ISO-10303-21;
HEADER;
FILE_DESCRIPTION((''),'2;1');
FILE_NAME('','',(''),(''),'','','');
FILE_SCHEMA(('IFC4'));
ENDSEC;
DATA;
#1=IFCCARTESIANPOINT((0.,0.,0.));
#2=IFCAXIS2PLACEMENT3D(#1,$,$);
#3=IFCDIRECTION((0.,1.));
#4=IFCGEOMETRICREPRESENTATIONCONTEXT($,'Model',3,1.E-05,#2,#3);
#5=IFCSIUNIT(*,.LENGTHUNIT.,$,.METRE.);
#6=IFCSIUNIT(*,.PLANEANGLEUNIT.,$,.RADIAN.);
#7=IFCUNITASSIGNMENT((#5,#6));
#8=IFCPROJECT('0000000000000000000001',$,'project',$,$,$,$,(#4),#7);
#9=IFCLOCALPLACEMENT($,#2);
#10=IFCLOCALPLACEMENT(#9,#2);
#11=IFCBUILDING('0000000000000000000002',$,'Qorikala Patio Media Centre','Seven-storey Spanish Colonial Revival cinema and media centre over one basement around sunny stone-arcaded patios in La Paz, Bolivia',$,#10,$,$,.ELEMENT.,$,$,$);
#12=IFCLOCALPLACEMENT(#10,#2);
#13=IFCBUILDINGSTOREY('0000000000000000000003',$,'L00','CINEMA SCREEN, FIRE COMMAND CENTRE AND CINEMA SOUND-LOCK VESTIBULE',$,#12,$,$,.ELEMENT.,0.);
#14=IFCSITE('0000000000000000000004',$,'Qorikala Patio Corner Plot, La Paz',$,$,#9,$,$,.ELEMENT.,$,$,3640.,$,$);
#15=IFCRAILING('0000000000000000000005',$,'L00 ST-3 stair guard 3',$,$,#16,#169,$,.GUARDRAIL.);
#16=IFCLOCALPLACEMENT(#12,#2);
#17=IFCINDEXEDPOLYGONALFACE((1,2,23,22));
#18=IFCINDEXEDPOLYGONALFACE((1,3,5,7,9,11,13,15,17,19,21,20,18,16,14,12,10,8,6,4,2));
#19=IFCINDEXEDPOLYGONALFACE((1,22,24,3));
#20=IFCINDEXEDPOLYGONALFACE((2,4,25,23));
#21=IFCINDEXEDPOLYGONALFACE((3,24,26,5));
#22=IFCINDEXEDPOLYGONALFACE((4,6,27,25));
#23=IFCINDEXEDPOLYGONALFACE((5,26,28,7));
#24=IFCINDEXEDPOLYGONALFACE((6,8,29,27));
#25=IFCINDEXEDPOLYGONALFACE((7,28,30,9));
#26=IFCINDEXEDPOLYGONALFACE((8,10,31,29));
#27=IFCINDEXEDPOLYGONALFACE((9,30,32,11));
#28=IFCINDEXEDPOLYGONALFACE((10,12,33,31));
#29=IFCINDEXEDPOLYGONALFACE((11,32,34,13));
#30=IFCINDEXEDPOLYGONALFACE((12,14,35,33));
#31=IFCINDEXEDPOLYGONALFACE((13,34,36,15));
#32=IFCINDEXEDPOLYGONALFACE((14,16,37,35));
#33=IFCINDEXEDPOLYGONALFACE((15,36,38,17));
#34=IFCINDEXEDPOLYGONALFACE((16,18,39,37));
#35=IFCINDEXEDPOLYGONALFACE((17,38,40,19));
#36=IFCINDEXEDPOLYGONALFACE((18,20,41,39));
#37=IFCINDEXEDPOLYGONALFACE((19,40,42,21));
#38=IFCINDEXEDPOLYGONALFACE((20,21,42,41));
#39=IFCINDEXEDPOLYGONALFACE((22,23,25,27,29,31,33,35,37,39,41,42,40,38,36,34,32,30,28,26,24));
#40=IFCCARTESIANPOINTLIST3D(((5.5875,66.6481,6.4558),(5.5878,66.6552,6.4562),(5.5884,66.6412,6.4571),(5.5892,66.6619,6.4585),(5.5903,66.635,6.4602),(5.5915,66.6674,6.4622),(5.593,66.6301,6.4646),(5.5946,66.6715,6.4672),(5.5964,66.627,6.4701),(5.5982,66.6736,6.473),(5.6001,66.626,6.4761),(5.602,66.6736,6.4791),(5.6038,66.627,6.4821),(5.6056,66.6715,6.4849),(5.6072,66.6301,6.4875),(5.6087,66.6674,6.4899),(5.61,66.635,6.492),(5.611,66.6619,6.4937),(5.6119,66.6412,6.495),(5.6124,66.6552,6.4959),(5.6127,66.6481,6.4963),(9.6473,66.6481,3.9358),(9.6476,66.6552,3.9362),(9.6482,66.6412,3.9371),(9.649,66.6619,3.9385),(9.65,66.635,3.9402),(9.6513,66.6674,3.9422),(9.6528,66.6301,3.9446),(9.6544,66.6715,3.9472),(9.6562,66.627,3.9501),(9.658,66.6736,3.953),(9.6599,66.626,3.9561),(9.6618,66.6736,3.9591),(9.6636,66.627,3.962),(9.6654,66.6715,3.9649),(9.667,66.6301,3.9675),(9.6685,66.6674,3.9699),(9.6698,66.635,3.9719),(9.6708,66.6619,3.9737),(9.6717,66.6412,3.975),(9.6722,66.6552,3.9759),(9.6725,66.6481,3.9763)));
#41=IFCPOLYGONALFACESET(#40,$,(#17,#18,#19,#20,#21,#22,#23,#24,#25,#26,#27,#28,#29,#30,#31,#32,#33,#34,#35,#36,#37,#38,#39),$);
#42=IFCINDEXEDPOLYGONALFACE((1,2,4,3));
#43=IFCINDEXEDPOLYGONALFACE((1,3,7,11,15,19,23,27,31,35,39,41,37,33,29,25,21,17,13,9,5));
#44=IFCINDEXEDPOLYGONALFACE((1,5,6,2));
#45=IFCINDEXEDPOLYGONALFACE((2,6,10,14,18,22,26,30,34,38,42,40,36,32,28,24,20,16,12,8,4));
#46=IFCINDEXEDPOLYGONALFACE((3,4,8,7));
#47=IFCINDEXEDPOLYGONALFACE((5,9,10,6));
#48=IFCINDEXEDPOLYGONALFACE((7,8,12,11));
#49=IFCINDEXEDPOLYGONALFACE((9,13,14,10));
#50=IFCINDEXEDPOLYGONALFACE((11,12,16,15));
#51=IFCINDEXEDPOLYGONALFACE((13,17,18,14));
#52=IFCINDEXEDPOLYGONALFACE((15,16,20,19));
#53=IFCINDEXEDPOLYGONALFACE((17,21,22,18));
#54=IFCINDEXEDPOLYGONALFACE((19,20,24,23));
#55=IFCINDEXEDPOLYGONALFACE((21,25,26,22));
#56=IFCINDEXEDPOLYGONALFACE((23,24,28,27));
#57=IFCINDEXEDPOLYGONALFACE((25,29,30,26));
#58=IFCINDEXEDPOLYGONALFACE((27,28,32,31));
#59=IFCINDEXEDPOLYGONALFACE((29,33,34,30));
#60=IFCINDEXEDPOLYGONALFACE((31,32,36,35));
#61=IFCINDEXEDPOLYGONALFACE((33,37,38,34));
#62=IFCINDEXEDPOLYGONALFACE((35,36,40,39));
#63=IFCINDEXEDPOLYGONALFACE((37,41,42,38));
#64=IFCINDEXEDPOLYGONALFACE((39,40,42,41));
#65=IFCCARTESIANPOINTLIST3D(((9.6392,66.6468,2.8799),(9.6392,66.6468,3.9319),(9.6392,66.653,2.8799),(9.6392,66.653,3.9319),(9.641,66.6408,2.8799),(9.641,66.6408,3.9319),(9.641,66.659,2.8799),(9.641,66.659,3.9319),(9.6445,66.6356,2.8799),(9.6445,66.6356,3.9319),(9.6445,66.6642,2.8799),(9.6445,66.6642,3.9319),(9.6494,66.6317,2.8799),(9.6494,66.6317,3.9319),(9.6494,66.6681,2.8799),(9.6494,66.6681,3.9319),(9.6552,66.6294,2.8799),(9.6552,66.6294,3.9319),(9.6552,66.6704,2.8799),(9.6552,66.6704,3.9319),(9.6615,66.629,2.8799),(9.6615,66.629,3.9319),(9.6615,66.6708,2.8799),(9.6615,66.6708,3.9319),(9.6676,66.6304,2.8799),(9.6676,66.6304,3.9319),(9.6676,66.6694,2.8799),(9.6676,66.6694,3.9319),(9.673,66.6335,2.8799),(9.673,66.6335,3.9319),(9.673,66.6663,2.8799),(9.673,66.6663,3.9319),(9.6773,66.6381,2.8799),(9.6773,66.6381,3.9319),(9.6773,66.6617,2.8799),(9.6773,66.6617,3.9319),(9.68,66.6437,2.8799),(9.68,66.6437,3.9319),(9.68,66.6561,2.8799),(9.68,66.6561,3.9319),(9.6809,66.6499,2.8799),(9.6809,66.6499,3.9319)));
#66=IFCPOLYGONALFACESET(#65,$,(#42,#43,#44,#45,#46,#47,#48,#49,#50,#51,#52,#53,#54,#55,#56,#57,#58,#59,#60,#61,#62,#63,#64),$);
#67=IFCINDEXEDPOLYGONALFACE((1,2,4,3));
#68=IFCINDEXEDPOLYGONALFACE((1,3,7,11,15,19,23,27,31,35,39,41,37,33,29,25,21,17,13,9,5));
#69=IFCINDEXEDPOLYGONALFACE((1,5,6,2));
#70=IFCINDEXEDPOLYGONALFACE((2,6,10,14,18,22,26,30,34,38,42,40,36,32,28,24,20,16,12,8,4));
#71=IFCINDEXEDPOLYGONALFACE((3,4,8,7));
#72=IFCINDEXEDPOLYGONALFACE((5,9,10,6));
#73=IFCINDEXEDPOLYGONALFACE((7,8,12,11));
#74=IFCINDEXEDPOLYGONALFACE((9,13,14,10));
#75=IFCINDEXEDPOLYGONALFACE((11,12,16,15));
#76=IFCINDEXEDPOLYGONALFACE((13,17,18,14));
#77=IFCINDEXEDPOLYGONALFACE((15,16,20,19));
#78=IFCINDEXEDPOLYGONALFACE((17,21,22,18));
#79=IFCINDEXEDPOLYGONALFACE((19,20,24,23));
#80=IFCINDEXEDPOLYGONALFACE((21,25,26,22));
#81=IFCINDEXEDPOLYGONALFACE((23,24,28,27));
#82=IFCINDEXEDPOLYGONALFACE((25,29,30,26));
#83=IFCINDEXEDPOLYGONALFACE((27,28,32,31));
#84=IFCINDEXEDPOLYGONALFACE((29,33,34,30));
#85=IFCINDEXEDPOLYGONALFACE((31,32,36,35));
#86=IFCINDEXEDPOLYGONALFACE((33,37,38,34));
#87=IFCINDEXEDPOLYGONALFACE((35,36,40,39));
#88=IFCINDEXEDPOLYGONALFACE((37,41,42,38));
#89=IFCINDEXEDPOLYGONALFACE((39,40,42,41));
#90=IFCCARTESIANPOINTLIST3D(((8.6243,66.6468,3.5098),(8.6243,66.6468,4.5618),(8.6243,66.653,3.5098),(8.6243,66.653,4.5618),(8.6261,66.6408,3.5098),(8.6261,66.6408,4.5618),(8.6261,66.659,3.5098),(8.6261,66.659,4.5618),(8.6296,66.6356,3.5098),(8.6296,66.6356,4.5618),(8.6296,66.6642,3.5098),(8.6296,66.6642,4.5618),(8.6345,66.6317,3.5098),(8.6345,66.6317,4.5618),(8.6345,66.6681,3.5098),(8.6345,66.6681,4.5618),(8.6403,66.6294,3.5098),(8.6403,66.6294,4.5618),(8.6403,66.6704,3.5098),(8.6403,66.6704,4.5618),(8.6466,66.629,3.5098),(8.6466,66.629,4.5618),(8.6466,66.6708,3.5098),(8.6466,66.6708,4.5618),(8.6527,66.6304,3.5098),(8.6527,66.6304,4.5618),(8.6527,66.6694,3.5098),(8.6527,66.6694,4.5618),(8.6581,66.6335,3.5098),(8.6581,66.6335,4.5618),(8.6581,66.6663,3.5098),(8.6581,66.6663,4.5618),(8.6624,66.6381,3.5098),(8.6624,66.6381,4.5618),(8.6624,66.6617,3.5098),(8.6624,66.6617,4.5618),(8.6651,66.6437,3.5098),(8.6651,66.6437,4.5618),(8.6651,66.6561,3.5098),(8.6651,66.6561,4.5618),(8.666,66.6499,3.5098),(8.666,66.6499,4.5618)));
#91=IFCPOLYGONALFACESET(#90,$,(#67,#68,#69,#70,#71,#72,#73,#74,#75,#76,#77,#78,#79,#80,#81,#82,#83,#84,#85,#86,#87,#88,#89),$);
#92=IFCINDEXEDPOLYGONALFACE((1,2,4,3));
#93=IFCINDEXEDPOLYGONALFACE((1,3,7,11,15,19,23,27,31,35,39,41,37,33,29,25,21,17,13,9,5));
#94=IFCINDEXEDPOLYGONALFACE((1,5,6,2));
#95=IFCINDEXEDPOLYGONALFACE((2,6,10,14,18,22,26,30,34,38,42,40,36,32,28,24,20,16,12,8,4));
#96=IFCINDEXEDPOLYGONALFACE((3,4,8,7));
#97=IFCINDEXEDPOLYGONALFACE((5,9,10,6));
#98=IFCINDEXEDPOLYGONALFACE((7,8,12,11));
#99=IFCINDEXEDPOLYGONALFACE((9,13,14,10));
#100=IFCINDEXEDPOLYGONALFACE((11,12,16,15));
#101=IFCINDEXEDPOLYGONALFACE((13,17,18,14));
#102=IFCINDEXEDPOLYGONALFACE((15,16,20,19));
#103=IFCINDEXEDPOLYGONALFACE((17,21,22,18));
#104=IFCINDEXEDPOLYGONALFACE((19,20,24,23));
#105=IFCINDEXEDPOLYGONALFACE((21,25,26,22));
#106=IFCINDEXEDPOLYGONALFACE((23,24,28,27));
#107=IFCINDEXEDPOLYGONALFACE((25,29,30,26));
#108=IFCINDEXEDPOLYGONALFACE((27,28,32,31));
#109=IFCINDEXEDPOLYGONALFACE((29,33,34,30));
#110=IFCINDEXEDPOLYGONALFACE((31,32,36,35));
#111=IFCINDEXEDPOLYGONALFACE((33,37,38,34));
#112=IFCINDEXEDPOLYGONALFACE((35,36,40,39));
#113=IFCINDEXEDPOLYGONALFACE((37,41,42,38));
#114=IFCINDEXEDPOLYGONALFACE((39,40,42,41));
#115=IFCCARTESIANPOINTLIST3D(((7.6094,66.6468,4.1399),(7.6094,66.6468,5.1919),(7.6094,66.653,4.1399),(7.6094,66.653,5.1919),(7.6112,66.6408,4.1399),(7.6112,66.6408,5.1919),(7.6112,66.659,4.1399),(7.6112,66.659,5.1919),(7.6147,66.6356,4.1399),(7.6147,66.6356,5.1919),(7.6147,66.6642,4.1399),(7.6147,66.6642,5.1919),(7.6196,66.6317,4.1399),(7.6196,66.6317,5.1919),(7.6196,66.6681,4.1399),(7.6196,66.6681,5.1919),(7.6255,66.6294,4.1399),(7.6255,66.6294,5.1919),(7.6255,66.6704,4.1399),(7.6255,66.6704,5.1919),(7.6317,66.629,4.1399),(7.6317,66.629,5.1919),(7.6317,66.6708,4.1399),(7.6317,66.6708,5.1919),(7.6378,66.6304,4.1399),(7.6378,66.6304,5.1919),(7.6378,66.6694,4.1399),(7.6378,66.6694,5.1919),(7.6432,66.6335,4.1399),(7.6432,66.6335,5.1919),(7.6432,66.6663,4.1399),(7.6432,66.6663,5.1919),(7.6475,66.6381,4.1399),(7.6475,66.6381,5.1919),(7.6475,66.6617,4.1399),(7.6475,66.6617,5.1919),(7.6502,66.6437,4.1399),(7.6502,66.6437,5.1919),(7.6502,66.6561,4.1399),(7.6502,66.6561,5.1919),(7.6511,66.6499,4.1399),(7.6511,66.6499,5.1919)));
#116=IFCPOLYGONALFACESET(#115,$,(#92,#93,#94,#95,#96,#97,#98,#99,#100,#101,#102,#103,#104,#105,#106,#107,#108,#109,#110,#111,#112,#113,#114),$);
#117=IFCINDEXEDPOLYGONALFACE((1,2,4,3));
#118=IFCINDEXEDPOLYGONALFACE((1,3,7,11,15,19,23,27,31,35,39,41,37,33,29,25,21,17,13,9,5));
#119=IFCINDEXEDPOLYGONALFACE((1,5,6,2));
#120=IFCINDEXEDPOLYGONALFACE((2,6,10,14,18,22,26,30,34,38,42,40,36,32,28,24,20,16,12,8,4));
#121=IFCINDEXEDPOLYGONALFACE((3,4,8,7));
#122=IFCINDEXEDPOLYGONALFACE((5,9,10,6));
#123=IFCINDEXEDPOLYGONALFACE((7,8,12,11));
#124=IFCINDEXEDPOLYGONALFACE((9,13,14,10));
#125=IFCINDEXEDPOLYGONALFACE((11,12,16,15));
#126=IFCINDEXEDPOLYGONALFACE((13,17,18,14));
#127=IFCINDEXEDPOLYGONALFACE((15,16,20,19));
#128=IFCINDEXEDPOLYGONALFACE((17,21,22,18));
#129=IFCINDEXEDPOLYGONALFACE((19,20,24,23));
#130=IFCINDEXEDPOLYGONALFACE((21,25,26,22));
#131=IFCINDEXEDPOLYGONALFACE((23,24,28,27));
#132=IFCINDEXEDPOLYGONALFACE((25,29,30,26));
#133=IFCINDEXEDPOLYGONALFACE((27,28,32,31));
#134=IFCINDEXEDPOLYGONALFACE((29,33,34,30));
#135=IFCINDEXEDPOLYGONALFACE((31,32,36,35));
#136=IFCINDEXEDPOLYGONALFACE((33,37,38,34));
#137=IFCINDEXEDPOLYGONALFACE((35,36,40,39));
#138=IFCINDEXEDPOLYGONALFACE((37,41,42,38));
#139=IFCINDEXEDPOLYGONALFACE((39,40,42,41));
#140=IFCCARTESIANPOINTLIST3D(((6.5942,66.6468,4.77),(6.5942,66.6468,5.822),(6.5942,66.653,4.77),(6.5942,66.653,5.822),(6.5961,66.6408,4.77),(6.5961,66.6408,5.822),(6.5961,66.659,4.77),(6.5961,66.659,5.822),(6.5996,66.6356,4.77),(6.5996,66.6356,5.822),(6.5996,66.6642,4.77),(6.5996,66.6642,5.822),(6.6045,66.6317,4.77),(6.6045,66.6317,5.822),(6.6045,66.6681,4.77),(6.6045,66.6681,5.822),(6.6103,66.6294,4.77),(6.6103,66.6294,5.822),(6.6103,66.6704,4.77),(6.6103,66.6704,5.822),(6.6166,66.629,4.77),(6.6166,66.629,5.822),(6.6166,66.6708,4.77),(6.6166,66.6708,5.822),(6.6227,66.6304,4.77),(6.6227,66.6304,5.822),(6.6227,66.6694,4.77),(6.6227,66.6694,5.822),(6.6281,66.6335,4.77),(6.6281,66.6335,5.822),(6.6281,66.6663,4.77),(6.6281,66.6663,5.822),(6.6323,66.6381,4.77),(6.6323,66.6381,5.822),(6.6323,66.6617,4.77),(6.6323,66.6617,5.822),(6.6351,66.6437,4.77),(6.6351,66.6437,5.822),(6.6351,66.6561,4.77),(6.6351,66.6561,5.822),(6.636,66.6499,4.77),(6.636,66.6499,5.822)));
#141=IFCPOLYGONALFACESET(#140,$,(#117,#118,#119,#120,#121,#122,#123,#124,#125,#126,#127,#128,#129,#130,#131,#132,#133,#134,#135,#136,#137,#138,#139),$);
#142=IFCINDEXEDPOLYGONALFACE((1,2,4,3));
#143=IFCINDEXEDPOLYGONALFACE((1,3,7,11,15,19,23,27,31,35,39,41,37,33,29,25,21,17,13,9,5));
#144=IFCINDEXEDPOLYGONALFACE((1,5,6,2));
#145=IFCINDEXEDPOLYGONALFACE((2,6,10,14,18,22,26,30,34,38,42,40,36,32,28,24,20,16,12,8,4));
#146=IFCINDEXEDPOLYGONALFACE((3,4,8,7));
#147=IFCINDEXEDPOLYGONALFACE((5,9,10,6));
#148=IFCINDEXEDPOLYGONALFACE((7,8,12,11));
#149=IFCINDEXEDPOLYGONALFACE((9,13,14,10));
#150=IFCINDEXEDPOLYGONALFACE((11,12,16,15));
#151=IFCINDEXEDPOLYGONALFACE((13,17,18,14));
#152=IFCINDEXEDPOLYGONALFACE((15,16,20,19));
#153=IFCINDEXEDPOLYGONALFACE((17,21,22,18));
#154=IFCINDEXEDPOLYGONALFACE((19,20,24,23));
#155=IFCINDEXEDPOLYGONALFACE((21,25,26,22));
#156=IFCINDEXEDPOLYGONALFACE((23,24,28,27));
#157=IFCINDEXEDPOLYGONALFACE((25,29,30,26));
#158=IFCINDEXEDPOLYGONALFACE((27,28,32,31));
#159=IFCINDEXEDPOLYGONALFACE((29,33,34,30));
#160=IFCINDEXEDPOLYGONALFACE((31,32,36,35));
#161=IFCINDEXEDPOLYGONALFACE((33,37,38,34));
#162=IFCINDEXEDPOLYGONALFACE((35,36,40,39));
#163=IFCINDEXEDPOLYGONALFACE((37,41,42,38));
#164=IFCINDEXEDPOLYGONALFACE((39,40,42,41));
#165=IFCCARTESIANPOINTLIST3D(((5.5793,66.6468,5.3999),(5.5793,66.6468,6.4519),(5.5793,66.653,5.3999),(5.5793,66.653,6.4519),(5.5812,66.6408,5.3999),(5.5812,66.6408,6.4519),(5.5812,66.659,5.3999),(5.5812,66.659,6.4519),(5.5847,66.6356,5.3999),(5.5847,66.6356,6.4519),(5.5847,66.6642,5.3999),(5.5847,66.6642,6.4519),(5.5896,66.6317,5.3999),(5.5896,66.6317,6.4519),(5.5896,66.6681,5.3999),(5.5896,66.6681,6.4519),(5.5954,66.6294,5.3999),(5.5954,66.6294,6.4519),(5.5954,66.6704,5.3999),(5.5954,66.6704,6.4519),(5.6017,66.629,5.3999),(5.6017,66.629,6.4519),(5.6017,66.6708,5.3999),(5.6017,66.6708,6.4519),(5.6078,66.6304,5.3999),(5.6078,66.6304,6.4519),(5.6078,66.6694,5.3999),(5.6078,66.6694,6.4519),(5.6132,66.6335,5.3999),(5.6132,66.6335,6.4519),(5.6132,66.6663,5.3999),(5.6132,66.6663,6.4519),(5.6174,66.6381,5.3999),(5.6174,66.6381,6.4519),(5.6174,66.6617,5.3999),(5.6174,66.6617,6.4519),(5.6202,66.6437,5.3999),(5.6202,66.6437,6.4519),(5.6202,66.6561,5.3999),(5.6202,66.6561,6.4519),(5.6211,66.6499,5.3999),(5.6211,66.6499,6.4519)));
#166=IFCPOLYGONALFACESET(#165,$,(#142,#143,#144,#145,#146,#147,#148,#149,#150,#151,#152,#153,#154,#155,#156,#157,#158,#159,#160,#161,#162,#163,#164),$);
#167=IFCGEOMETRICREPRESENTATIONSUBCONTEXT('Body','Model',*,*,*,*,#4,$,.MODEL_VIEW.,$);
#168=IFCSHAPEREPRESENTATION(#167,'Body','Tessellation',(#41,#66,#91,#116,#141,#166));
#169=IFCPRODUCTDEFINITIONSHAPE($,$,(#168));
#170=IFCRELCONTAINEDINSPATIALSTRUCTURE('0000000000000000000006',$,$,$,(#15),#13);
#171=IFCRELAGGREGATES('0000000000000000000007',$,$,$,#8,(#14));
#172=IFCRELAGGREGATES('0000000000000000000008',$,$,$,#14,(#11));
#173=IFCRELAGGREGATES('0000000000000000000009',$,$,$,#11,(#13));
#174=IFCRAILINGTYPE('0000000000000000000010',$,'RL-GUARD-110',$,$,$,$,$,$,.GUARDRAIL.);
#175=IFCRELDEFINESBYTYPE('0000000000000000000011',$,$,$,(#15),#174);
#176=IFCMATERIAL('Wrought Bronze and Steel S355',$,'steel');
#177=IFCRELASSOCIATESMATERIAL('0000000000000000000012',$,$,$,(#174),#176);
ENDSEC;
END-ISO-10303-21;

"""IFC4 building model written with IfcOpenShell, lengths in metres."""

from ifc_helpers import new_model, si_unit, direction, frame, origin, origin_2d, place, context, subcontext, project, spatial, circle, extrude, material, type_object, element, save


model = new_model("IFC4")

# Units and contexts
model_context = context("Model", 3, precision=1e-05, world=origin(), true_north=direction((0.0, 1.0)))
body_context = subcontext(model_context, "Body", "Model", "MODEL_VIEW")
ifc_project = project(units=[si_unit("LENGTHUNIT", "METRE"), si_unit("PLANEANGLEUNIT", "RADIAN")], contexts=[model_context])

# Site, building, storey
site_placement = place(None, origin())
site = spatial("IfcSite", under=ifc_project, at=site_placement, Name="Qorikala Patio Corner Plot, La Paz", CompositionType="ELEMENT", RefElevation=3640.0)
building_placement = place(site_placement, origin())
building = spatial("IfcBuilding", under=site, at=building_placement, Name="Qorikala Patio Media Centre", Description="Seven-storey Spanish Colonial Revival cinema and media centre over one basement around sunny stone-arcaded patios in La Paz, Bolivia", CompositionType="ELEMENT")
storey_placement = place(building_placement, origin())
storey = spatial("IfcBuildingStorey", under=building, at=storey_placement, Name="L00", Description="CINEMA SCREEN, FIRE COMMAND CENTRE AND CINEMA SOUND-LOCK VESTIBULE", CompositionType="ELEMENT", Elevation=0.0)

# Railing
ifc_material_1 = material(Name="Wrought Bronze and Steel S355", Category="steel")
railing_type_1 = type_object("IfcRailingType", Name="RL-GUARD-110", PredefinedType="GUARDRAIL", material=ifc_material_1)
railing_1_placement = place(storey_placement, frame((9.6599, 66.6499, 2.8799)))
element("IfcRailing", 1, at=railing_1_placement, inside=storey, type_object=railing_type_1, Name="L00 ST-3 stair guard 3", PredefinedType="GUARDRAIL", context=body_context, shape_type="SweptSolid", body=[
    extrude(circle(Radius=0.0239, at=origin_2d()), frame((0.0, 0.0, 1.0762), z_axis=(-0.849628, 0.0, 0.527383), x_axis=(0.0, -1.0, 0.0)), (0.0, 0.0, 1.0), 4.7783),
    extrude(circle(Radius=0.021, at=origin_2d()), origin(), (0.0, 0.0, 1.0), 1.052),
    extrude(circle(Radius=0.021, at=origin_2d()), frame((-1.0149, 0.0, 0.6299)), (0.0, 0.0, 1.0), 1.052),
    extrude(circle(Radius=0.021, at=origin_2d()), frame((-2.0298, 0.0, 1.26)), (0.0, 0.0, 1.0), 1.052),
    extrude(circle(Radius=0.021, at=origin_2d()), frame((-3.0449, 0.0, 1.8901)), (0.0, 0.0, 1.0), 1.052),
    extrude(circle(Radius=0.021, at=origin_2d()), frame((-4.0598, 0.0, 2.52)), (0.0, 0.0, 1.0), 1.052),
])

save(model, "model.ifc")
